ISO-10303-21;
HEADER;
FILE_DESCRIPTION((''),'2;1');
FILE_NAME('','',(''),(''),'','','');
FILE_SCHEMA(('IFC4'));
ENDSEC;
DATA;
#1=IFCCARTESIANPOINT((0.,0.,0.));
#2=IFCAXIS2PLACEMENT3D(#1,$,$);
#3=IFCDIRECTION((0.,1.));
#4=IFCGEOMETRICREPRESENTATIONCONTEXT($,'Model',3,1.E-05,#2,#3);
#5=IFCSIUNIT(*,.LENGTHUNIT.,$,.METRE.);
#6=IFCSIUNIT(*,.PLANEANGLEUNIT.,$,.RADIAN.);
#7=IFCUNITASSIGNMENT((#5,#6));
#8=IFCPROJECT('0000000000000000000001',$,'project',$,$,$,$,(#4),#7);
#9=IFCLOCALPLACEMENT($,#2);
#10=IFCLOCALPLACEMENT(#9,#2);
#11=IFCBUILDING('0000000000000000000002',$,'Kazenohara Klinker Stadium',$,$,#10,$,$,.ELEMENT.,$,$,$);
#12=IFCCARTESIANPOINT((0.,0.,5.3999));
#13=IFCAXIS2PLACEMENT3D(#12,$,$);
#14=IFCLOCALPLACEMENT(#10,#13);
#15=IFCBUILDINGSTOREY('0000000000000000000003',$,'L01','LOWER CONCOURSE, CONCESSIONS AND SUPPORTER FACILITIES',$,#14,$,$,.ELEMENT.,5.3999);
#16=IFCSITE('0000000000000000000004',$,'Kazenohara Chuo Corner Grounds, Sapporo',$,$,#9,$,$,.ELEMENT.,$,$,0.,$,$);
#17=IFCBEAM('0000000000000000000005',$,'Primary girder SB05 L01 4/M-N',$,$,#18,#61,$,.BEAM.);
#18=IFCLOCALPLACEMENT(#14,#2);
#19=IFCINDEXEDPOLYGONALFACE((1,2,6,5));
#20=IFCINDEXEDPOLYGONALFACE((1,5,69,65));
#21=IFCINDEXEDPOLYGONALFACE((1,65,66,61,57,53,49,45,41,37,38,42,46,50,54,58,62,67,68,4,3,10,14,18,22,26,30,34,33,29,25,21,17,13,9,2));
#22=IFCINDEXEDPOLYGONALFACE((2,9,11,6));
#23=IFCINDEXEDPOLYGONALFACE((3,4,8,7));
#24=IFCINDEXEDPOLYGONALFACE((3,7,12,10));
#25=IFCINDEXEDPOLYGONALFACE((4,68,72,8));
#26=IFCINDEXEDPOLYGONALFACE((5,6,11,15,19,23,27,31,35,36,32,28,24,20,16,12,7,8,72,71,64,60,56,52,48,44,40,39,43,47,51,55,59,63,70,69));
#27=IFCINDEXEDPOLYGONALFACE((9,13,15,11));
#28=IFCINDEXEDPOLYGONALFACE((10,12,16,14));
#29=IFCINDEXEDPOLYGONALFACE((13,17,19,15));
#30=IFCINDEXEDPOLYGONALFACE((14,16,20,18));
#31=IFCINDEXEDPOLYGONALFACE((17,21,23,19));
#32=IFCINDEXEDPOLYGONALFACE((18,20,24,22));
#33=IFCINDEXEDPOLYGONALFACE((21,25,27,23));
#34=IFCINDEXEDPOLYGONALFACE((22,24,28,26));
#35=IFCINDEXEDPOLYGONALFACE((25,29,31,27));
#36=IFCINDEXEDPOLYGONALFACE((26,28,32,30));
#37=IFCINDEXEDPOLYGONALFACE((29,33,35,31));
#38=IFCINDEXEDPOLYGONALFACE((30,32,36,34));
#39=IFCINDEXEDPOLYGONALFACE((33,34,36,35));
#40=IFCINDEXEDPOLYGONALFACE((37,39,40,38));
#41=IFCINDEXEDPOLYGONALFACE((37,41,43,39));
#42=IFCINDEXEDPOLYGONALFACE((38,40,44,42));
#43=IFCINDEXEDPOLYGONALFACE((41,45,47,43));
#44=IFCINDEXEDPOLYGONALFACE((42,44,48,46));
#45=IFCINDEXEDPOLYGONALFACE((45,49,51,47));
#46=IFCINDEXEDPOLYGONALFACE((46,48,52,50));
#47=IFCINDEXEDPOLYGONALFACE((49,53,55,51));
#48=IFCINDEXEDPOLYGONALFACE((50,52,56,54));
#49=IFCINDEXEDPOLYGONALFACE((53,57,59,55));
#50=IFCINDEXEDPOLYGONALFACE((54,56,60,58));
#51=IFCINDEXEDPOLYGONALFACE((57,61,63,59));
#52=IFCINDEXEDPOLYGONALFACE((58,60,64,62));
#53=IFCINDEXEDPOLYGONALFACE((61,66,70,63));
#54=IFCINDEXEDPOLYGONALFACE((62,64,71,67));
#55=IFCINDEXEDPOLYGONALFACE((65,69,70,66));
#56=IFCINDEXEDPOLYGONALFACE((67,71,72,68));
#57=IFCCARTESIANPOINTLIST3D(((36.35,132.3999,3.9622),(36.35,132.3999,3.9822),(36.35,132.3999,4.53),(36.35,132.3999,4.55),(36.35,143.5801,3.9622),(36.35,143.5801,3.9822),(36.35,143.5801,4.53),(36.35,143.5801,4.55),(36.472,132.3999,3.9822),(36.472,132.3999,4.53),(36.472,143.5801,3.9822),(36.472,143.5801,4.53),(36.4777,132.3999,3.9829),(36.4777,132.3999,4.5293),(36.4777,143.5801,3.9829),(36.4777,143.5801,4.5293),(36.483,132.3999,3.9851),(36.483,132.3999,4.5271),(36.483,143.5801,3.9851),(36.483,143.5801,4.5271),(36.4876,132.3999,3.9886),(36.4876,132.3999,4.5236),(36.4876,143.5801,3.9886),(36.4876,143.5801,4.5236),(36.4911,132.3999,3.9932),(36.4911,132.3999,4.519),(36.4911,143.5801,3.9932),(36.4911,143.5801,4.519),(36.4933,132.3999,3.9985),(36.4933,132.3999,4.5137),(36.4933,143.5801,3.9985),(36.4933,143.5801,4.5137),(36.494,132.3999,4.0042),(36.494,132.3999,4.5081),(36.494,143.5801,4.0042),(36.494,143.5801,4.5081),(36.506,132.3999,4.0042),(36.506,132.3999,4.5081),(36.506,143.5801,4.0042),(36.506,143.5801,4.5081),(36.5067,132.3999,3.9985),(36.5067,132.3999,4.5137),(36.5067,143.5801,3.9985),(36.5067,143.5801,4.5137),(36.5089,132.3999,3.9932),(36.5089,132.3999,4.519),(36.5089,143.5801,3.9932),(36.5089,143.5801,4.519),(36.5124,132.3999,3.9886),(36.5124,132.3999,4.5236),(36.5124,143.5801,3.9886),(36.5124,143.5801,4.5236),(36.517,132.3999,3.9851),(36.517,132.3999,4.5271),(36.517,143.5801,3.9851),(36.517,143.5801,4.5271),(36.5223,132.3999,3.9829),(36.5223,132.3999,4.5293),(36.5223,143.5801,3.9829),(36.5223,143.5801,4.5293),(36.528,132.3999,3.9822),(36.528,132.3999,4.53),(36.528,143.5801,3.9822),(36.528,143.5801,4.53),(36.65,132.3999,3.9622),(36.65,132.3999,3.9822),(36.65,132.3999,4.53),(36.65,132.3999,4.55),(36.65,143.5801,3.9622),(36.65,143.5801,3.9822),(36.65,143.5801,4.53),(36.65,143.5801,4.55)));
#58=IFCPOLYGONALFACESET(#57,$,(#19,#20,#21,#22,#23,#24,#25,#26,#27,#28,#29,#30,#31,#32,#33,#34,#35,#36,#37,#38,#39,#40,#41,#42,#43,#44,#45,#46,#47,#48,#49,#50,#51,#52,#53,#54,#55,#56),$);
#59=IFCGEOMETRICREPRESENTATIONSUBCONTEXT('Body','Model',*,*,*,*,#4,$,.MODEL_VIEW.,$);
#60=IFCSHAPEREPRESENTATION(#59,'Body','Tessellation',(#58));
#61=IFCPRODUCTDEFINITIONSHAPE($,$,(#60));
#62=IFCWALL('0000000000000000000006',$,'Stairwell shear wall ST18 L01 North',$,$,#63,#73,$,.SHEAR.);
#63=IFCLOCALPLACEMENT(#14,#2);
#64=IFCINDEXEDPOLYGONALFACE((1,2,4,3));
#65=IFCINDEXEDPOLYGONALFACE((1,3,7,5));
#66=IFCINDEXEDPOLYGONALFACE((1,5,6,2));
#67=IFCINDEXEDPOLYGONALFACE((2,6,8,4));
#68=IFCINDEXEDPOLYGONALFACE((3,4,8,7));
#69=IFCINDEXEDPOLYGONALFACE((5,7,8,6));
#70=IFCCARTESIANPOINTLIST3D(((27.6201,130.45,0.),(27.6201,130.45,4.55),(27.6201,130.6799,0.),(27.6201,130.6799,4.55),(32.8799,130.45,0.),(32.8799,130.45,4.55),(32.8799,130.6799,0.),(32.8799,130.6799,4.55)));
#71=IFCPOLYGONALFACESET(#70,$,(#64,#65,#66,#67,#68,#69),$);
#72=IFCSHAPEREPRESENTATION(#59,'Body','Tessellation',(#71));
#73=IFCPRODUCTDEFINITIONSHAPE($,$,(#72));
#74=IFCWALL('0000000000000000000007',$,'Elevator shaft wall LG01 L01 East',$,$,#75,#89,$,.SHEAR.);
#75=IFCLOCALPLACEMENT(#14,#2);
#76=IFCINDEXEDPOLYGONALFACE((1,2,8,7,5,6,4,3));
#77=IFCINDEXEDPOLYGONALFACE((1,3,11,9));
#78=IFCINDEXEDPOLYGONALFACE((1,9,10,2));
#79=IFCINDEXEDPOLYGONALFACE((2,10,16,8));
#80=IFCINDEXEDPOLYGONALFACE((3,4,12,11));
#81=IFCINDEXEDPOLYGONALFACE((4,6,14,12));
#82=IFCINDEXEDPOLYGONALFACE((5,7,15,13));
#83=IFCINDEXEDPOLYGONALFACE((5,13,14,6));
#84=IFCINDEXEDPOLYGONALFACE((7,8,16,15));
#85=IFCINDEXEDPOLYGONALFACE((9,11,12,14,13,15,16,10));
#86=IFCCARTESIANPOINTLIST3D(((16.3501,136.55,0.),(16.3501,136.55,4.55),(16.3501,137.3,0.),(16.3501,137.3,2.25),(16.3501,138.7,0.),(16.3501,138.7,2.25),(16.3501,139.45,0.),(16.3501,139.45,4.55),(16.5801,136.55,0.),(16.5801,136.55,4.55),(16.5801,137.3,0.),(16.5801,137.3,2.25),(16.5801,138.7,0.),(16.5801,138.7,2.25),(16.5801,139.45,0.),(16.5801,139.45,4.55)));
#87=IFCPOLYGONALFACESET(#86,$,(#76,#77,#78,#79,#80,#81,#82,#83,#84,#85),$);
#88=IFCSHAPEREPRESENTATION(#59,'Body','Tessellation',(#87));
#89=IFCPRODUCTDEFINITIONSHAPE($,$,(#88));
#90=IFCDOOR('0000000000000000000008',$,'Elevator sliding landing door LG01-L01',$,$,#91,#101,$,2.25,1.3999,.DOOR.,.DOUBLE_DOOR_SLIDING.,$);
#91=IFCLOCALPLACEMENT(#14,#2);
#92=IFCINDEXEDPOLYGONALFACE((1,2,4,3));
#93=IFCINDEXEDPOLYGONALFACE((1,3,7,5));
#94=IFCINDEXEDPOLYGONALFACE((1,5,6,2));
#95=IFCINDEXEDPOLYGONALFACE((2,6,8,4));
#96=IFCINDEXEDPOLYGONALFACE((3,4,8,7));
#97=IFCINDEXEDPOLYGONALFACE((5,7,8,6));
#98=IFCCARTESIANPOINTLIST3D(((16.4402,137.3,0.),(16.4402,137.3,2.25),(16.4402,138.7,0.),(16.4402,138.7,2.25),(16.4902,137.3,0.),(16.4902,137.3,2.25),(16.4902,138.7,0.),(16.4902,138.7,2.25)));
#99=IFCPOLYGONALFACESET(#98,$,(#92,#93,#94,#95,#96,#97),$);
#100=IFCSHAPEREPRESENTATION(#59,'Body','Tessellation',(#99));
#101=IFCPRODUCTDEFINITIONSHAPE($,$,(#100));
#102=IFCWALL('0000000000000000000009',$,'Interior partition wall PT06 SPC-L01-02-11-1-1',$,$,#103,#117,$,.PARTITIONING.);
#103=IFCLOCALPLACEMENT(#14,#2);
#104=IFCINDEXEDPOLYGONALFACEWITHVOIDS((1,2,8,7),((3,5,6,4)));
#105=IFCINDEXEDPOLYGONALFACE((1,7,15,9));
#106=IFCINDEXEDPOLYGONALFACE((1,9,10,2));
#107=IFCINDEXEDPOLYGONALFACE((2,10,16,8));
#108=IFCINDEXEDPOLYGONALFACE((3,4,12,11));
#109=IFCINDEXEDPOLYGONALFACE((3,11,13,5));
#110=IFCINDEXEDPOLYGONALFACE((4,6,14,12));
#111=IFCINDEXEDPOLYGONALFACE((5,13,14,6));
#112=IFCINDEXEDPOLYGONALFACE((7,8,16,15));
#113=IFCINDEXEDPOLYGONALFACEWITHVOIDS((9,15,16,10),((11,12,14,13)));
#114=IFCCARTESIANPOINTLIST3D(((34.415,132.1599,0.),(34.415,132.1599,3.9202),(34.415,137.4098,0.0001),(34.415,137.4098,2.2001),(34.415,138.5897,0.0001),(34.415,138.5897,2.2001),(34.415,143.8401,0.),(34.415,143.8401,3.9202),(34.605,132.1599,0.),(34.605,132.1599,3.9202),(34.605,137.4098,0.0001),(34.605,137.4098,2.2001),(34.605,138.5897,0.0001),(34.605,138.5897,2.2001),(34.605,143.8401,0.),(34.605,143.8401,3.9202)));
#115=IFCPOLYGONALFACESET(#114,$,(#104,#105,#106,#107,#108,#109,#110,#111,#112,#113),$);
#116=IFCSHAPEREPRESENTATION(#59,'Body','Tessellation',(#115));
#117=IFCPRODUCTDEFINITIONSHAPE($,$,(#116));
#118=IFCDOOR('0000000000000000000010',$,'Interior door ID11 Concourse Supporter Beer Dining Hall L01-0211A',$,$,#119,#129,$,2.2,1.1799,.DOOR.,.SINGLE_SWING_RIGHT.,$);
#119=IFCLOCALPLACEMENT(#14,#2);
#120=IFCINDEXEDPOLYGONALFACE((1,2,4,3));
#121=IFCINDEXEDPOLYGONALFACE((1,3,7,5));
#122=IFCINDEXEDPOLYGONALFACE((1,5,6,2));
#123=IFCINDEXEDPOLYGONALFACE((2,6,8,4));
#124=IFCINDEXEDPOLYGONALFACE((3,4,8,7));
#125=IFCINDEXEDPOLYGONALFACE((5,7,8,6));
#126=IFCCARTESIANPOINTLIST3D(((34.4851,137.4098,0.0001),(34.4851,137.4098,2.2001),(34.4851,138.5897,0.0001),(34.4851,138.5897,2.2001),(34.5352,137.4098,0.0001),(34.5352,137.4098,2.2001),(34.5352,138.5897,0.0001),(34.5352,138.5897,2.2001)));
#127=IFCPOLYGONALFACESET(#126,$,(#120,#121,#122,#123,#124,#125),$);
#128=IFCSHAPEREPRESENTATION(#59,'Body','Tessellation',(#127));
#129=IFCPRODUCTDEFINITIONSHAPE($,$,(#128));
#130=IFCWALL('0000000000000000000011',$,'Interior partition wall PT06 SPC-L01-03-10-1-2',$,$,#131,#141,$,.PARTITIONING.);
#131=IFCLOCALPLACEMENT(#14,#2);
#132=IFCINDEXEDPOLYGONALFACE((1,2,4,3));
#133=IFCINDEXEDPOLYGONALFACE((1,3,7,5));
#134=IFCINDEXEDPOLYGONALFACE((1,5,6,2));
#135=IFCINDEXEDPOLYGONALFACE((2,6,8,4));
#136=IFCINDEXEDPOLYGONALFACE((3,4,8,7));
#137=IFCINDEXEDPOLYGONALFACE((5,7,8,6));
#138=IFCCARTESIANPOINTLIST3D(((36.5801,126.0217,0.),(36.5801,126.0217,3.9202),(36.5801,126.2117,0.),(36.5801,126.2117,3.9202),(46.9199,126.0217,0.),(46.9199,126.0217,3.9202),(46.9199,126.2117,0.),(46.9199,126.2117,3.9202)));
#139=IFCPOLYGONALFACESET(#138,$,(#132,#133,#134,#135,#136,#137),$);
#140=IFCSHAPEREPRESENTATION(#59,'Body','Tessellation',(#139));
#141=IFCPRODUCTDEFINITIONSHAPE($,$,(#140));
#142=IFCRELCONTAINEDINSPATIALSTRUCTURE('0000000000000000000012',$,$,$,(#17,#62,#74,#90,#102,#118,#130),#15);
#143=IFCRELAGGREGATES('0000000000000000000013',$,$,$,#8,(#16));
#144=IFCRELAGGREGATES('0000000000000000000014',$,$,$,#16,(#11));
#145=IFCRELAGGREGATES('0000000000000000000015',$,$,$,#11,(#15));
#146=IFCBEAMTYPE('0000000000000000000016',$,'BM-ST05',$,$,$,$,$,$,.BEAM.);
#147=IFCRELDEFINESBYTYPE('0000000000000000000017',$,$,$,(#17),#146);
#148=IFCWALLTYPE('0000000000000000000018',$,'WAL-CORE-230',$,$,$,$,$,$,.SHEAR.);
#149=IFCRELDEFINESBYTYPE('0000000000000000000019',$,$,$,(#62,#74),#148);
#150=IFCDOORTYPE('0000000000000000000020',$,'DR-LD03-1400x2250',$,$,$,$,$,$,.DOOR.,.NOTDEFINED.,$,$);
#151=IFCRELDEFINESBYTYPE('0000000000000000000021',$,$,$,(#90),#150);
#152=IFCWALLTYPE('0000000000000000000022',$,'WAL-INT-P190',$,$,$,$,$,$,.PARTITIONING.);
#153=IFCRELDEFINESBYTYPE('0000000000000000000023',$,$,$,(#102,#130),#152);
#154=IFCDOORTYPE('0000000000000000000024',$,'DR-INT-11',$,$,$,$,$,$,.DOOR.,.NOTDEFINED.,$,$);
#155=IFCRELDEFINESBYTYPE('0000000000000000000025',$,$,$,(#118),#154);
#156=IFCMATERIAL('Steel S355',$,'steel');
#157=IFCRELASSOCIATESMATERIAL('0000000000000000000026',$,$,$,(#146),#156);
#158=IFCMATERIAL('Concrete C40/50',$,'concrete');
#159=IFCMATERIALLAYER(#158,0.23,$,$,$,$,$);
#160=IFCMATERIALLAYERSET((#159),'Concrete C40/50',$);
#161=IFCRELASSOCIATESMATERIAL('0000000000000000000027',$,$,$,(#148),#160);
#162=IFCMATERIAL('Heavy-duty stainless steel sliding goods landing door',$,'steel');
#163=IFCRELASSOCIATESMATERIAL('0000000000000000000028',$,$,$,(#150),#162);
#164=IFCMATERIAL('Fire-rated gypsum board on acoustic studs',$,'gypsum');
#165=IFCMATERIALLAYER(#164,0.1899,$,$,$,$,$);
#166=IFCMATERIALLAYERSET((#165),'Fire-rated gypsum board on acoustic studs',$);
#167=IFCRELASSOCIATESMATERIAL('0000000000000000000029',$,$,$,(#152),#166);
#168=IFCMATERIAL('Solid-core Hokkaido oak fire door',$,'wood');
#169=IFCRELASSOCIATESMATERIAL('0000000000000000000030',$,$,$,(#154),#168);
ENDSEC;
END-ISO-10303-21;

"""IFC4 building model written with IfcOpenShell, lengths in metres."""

from ifc_helpers import new_model, si_unit, direction, frame, frame_2d, origin, origin_2d, place, context, subcontext, project, spatial, rectangle, i_section, extrude, material, layer, layer_set, material_profile, profile_set, type_object, element, fill, save


model = new_model("IFC4")

# Units and contexts
model_context = context("Model", 3, precision=1e-05, world=origin(), true_north=direction((0.0, 1.0)))
body_context = subcontext(model_context, "Body", "Model", "MODEL_VIEW")
ifc_project = project(units=[si_unit("LENGTHUNIT", "METRE"), si_unit("PLANEANGLEUNIT", "RADIAN")], contexts=[model_context])

# Site, building, storey
site_placement = place(None, origin())
site = spatial("IfcSite", under=ifc_project, at=site_placement, Name="Kazenohara Chuo Corner Grounds, Sapporo", CompositionType="ELEMENT", RefElevation=0.0)
building_placement = place(site_placement, origin())
building = spatial("IfcBuilding", under=site, at=building_placement, Name="Kazenohara Klinker Stadium", CompositionType="ELEMENT")
storey_placement = place(building_placement, frame((0.0, 0.0, 5.3999)))
storey = spatial("IfcBuildingStorey", under=building, at=storey_placement, Name="L01", Description="LOWER CONCOURSE, CONCESSIONS AND SUPPORTER FACILITIES", CompositionType="ELEMENT", Elevation=5.3999)

# Shared definitions
ifc_material_1 = material(Name="Concrete C40/50", Category="concrete")

# Beam
ifc_material_2 = material(Name="Steel S355", Category="steel")
ifc_material_profile_1 = material_profile(ifc_material_2, i_section(OverallWidth=0.3, OverallDepth=0.5879, WebThickness=0.012, FlangeThickness=0.02, FilletRadius=0.022, at=origin_2d()), Name="H-588x300x12x20")
ifc_profile_set_1 = profile_set([ifc_material_profile_1], Name="Steel S355")
beam_type_1 = type_object("IfcBeamType", Name="BM-ST05", PredefinedType="BEAM", material=ifc_profile_set_1)
beam_1_placement = place(storey_placement, frame((36.5, 132.3999, 4.2561), z_axis=(0.0, 1.0, 0.0), x_axis=(-1.0, 0.0, 0.0)))
element("IfcBeam", 1, at=beam_1_placement, inside=storey, type_object=beam_type_1, Name="Primary girder SB05 L01 4/M-N", PredefinedType="BEAM", context=body_context, shape_type="SweptSolid", body=[
    extrude(i_section(OverallWidth=0.3, OverallDepth=0.5879, WebThickness=0.012, FlangeThickness=0.02, FilletRadius=0.022, at=origin_2d()), origin(), (0.0, 0.0, 1.0), 11.1802),
])

# Wall
ifc_layer_1 = layer(ifc_material_1, 0.23)
ifc_layer_set_1 = layer_set([ifc_layer_1], Name="Concrete C40/50")
wall_type_1 = type_object("IfcWallType", Name="WAL-CORE-230", PredefinedType="SHEAR", material=ifc_layer_set_1)
wall_1_placement = place(storey_placement, frame((27.6201, 130.5649, 0.0), z_axis=(0.0, 0.0, 1.0), x_axis=(1.0, 0.0, 0.0)))
element("IfcWall", 2, at=wall_1_placement, inside=storey, type_object=wall_type_1, Name="Stairwell shear wall ST18 L01 North", PredefinedType="SHEAR", context=body_context, shape_type="SweptSolid", body=[
    extrude(rectangle(XDim=5.2598, YDim=0.23, at=frame_2d((2.6299, 0.0))), origin(), (0.0, 0.0, 1.0), 4.55),
])

# Walls, openings, doors
wall_2_placement = place(storey_placement, frame((16.4651, 136.55, 0.0), z_axis=(0.0, 0.0, 1.0), x_axis=(0.0, 1.0, 0.0)))
wall_2 = element("IfcWall", 3, at=wall_2_placement, inside=storey, type_object=wall_type_1, Name="Elevator shaft wall LG01 L01 East", PredefinedType="SHEAR", context=body_context, shape_type="SweptSolid", body=[
    extrude(rectangle(XDim=2.8999, YDim=0.23, at=frame_2d((1.45, 0.0))), origin(), (0.0, 0.0, 1.0), 4.55),
])
opening_1_placement = place(wall_2_placement, frame((0.75, 0.0, 0.0)))
opening_1 = element("IfcOpeningElement", 4, at=opening_1_placement, cuts=wall_2, PredefinedType="OPENING", context=body_context, shape_type="SweptSolid", body=[
    extrude(rectangle(XDim=1.3999, YDim=2.25, at=frame_2d((0.7, 1.125))), frame((0.0, 0.125, 0.0), z_axis=(0.0, -1.0, 0.0), x_axis=(1.0, 0.0, 0.0)), (0.0, 0.0, 1.0), 0.25),
])
ifc_material_3 = material(Name="Heavy-duty stainless steel sliding goods landing door", Category="steel")
door_type_1 = type_object("IfcDoorType", Name="DR-LD03-1400x2250", OperationType="NOTDEFINED", PredefinedType="DOOR", material=ifc_material_3)
door_1_placement = place(opening_1_placement, origin())
door_1 = element("IfcDoor", 5, at=door_1_placement, inside=storey, type_object=door_type_1, Name="Elevator sliding landing door LG01-L01", OperationType="DOUBLE_DOOR_SLIDING", OverallHeight=2.25, OverallWidth=1.3999, PredefinedType="DOOR", context=body_context, shape_type="SweptSolid", body=[
    extrude(rectangle(XDim=1.3999, YDim=2.25, at=frame_2d((0.7, 1.125))), frame((0.0, 0.0249, 0.0), z_axis=(0.0, -1.0, 0.0), x_axis=(1.0, 0.0, 0.0)), (0.0, 0.0, 1.0), 0.05),
])
fill(opening_1, door_1)
ifc_material_4 = material(Name="Fire-rated gypsum board on acoustic studs", Category="gypsum")
ifc_layer_2 = layer(ifc_material_4, 0.1899)
ifc_layer_set_2 = layer_set([ifc_layer_2], Name="Fire-rated gypsum board on acoustic studs")
wall_type_2 = type_object("IfcWallType", Name="WAL-INT-P190", PredefinedType="PARTITIONING", material=ifc_layer_set_2)
wall_3_placement = place(storey_placement, frame((34.51, 132.1599, 0.0), z_axis=(0.0, 0.0, 1.0), x_axis=(0.0, 1.0, 0.0)))
wall_3 = element("IfcWall", 6, at=wall_3_placement, inside=storey, type_object=wall_type_2, Name="Interior partition wall PT06 SPC-L01-02-11-1-1", PredefinedType="PARTITIONING", context=body_context, shape_type="SweptSolid", body=[
    extrude(rectangle(XDim=11.6802, YDim=0.1899, at=frame_2d((5.8401, 0.0))), origin(), (0.0, 0.0, 1.0), 3.9202),
])
opening_2_placement = place(wall_3_placement, frame((5.25, 0.0, 0.0)))
opening_2 = element("IfcOpeningElement", 7, at=opening_2_placement, cuts=wall_3, PredefinedType="OPENING", context=body_context, shape_type="SweptSolid", body=[
    extrude(rectangle(XDim=1.1799, YDim=2.2, at=frame_2d((0.5898, 1.1001))), frame((0.0, 0.105, 0.0), z_axis=(0.0, -1.0, 0.0), x_axis=(1.0, 0.0, 0.0)), (0.0, 0.0, 1.0), 0.21),
])
ifc_material_5 = material(Name="Solid-core Hokkaido oak fire door", Category="wood")
door_type_2 = type_object("IfcDoorType", Name="DR-INT-11", OperationType="NOTDEFINED", PredefinedType="DOOR", material=ifc_material_5)
door_2_placement = place(opening_2_placement, origin())
door_2 = element("IfcDoor", 8, at=door_2_placement, inside=storey, type_object=door_type_2, Name="Interior door ID11 Concourse Supporter Beer Dining Hall L01-0211A", OperationType="SINGLE_SWING_RIGHT", OverallHeight=2.2, OverallWidth=1.1799, PredefinedType="DOOR", context=body_context, shape_type="SweptSolid", body=[
    extrude(rectangle(XDim=1.1799, YDim=2.2, at=frame_2d((0.5898, 1.1001))), frame((0.0, 0.0249, 0.0), z_axis=(0.0, -1.0, 0.0), x_axis=(1.0, 0.0, 0.0)), (0.0, 0.0, 1.0), 0.05),
])
fill(opening_2, door_2)

# Wall
wall_4_placement = place(storey_placement, frame((36.5801, 126.1167, 0.0), z_axis=(0.0, 0.0, 1.0), x_axis=(1.0, 0.0, 0.0)))
element("IfcWall", 9, at=wall_4_placement, inside=storey, type_object=wall_type_2, Name="Interior partition wall PT06 SPC-L01-03-10-1-2", PredefinedType="PARTITIONING", context=body_context, shape_type="SweptSolid", body=[
    extrude(rectangle(XDim=10.3398, YDim=0.1899, at=frame_2d((5.1699, 0.0))), origin(), (0.0, 0.0, 1.0), 3.9202),
])

save(model, "model.ifc")
